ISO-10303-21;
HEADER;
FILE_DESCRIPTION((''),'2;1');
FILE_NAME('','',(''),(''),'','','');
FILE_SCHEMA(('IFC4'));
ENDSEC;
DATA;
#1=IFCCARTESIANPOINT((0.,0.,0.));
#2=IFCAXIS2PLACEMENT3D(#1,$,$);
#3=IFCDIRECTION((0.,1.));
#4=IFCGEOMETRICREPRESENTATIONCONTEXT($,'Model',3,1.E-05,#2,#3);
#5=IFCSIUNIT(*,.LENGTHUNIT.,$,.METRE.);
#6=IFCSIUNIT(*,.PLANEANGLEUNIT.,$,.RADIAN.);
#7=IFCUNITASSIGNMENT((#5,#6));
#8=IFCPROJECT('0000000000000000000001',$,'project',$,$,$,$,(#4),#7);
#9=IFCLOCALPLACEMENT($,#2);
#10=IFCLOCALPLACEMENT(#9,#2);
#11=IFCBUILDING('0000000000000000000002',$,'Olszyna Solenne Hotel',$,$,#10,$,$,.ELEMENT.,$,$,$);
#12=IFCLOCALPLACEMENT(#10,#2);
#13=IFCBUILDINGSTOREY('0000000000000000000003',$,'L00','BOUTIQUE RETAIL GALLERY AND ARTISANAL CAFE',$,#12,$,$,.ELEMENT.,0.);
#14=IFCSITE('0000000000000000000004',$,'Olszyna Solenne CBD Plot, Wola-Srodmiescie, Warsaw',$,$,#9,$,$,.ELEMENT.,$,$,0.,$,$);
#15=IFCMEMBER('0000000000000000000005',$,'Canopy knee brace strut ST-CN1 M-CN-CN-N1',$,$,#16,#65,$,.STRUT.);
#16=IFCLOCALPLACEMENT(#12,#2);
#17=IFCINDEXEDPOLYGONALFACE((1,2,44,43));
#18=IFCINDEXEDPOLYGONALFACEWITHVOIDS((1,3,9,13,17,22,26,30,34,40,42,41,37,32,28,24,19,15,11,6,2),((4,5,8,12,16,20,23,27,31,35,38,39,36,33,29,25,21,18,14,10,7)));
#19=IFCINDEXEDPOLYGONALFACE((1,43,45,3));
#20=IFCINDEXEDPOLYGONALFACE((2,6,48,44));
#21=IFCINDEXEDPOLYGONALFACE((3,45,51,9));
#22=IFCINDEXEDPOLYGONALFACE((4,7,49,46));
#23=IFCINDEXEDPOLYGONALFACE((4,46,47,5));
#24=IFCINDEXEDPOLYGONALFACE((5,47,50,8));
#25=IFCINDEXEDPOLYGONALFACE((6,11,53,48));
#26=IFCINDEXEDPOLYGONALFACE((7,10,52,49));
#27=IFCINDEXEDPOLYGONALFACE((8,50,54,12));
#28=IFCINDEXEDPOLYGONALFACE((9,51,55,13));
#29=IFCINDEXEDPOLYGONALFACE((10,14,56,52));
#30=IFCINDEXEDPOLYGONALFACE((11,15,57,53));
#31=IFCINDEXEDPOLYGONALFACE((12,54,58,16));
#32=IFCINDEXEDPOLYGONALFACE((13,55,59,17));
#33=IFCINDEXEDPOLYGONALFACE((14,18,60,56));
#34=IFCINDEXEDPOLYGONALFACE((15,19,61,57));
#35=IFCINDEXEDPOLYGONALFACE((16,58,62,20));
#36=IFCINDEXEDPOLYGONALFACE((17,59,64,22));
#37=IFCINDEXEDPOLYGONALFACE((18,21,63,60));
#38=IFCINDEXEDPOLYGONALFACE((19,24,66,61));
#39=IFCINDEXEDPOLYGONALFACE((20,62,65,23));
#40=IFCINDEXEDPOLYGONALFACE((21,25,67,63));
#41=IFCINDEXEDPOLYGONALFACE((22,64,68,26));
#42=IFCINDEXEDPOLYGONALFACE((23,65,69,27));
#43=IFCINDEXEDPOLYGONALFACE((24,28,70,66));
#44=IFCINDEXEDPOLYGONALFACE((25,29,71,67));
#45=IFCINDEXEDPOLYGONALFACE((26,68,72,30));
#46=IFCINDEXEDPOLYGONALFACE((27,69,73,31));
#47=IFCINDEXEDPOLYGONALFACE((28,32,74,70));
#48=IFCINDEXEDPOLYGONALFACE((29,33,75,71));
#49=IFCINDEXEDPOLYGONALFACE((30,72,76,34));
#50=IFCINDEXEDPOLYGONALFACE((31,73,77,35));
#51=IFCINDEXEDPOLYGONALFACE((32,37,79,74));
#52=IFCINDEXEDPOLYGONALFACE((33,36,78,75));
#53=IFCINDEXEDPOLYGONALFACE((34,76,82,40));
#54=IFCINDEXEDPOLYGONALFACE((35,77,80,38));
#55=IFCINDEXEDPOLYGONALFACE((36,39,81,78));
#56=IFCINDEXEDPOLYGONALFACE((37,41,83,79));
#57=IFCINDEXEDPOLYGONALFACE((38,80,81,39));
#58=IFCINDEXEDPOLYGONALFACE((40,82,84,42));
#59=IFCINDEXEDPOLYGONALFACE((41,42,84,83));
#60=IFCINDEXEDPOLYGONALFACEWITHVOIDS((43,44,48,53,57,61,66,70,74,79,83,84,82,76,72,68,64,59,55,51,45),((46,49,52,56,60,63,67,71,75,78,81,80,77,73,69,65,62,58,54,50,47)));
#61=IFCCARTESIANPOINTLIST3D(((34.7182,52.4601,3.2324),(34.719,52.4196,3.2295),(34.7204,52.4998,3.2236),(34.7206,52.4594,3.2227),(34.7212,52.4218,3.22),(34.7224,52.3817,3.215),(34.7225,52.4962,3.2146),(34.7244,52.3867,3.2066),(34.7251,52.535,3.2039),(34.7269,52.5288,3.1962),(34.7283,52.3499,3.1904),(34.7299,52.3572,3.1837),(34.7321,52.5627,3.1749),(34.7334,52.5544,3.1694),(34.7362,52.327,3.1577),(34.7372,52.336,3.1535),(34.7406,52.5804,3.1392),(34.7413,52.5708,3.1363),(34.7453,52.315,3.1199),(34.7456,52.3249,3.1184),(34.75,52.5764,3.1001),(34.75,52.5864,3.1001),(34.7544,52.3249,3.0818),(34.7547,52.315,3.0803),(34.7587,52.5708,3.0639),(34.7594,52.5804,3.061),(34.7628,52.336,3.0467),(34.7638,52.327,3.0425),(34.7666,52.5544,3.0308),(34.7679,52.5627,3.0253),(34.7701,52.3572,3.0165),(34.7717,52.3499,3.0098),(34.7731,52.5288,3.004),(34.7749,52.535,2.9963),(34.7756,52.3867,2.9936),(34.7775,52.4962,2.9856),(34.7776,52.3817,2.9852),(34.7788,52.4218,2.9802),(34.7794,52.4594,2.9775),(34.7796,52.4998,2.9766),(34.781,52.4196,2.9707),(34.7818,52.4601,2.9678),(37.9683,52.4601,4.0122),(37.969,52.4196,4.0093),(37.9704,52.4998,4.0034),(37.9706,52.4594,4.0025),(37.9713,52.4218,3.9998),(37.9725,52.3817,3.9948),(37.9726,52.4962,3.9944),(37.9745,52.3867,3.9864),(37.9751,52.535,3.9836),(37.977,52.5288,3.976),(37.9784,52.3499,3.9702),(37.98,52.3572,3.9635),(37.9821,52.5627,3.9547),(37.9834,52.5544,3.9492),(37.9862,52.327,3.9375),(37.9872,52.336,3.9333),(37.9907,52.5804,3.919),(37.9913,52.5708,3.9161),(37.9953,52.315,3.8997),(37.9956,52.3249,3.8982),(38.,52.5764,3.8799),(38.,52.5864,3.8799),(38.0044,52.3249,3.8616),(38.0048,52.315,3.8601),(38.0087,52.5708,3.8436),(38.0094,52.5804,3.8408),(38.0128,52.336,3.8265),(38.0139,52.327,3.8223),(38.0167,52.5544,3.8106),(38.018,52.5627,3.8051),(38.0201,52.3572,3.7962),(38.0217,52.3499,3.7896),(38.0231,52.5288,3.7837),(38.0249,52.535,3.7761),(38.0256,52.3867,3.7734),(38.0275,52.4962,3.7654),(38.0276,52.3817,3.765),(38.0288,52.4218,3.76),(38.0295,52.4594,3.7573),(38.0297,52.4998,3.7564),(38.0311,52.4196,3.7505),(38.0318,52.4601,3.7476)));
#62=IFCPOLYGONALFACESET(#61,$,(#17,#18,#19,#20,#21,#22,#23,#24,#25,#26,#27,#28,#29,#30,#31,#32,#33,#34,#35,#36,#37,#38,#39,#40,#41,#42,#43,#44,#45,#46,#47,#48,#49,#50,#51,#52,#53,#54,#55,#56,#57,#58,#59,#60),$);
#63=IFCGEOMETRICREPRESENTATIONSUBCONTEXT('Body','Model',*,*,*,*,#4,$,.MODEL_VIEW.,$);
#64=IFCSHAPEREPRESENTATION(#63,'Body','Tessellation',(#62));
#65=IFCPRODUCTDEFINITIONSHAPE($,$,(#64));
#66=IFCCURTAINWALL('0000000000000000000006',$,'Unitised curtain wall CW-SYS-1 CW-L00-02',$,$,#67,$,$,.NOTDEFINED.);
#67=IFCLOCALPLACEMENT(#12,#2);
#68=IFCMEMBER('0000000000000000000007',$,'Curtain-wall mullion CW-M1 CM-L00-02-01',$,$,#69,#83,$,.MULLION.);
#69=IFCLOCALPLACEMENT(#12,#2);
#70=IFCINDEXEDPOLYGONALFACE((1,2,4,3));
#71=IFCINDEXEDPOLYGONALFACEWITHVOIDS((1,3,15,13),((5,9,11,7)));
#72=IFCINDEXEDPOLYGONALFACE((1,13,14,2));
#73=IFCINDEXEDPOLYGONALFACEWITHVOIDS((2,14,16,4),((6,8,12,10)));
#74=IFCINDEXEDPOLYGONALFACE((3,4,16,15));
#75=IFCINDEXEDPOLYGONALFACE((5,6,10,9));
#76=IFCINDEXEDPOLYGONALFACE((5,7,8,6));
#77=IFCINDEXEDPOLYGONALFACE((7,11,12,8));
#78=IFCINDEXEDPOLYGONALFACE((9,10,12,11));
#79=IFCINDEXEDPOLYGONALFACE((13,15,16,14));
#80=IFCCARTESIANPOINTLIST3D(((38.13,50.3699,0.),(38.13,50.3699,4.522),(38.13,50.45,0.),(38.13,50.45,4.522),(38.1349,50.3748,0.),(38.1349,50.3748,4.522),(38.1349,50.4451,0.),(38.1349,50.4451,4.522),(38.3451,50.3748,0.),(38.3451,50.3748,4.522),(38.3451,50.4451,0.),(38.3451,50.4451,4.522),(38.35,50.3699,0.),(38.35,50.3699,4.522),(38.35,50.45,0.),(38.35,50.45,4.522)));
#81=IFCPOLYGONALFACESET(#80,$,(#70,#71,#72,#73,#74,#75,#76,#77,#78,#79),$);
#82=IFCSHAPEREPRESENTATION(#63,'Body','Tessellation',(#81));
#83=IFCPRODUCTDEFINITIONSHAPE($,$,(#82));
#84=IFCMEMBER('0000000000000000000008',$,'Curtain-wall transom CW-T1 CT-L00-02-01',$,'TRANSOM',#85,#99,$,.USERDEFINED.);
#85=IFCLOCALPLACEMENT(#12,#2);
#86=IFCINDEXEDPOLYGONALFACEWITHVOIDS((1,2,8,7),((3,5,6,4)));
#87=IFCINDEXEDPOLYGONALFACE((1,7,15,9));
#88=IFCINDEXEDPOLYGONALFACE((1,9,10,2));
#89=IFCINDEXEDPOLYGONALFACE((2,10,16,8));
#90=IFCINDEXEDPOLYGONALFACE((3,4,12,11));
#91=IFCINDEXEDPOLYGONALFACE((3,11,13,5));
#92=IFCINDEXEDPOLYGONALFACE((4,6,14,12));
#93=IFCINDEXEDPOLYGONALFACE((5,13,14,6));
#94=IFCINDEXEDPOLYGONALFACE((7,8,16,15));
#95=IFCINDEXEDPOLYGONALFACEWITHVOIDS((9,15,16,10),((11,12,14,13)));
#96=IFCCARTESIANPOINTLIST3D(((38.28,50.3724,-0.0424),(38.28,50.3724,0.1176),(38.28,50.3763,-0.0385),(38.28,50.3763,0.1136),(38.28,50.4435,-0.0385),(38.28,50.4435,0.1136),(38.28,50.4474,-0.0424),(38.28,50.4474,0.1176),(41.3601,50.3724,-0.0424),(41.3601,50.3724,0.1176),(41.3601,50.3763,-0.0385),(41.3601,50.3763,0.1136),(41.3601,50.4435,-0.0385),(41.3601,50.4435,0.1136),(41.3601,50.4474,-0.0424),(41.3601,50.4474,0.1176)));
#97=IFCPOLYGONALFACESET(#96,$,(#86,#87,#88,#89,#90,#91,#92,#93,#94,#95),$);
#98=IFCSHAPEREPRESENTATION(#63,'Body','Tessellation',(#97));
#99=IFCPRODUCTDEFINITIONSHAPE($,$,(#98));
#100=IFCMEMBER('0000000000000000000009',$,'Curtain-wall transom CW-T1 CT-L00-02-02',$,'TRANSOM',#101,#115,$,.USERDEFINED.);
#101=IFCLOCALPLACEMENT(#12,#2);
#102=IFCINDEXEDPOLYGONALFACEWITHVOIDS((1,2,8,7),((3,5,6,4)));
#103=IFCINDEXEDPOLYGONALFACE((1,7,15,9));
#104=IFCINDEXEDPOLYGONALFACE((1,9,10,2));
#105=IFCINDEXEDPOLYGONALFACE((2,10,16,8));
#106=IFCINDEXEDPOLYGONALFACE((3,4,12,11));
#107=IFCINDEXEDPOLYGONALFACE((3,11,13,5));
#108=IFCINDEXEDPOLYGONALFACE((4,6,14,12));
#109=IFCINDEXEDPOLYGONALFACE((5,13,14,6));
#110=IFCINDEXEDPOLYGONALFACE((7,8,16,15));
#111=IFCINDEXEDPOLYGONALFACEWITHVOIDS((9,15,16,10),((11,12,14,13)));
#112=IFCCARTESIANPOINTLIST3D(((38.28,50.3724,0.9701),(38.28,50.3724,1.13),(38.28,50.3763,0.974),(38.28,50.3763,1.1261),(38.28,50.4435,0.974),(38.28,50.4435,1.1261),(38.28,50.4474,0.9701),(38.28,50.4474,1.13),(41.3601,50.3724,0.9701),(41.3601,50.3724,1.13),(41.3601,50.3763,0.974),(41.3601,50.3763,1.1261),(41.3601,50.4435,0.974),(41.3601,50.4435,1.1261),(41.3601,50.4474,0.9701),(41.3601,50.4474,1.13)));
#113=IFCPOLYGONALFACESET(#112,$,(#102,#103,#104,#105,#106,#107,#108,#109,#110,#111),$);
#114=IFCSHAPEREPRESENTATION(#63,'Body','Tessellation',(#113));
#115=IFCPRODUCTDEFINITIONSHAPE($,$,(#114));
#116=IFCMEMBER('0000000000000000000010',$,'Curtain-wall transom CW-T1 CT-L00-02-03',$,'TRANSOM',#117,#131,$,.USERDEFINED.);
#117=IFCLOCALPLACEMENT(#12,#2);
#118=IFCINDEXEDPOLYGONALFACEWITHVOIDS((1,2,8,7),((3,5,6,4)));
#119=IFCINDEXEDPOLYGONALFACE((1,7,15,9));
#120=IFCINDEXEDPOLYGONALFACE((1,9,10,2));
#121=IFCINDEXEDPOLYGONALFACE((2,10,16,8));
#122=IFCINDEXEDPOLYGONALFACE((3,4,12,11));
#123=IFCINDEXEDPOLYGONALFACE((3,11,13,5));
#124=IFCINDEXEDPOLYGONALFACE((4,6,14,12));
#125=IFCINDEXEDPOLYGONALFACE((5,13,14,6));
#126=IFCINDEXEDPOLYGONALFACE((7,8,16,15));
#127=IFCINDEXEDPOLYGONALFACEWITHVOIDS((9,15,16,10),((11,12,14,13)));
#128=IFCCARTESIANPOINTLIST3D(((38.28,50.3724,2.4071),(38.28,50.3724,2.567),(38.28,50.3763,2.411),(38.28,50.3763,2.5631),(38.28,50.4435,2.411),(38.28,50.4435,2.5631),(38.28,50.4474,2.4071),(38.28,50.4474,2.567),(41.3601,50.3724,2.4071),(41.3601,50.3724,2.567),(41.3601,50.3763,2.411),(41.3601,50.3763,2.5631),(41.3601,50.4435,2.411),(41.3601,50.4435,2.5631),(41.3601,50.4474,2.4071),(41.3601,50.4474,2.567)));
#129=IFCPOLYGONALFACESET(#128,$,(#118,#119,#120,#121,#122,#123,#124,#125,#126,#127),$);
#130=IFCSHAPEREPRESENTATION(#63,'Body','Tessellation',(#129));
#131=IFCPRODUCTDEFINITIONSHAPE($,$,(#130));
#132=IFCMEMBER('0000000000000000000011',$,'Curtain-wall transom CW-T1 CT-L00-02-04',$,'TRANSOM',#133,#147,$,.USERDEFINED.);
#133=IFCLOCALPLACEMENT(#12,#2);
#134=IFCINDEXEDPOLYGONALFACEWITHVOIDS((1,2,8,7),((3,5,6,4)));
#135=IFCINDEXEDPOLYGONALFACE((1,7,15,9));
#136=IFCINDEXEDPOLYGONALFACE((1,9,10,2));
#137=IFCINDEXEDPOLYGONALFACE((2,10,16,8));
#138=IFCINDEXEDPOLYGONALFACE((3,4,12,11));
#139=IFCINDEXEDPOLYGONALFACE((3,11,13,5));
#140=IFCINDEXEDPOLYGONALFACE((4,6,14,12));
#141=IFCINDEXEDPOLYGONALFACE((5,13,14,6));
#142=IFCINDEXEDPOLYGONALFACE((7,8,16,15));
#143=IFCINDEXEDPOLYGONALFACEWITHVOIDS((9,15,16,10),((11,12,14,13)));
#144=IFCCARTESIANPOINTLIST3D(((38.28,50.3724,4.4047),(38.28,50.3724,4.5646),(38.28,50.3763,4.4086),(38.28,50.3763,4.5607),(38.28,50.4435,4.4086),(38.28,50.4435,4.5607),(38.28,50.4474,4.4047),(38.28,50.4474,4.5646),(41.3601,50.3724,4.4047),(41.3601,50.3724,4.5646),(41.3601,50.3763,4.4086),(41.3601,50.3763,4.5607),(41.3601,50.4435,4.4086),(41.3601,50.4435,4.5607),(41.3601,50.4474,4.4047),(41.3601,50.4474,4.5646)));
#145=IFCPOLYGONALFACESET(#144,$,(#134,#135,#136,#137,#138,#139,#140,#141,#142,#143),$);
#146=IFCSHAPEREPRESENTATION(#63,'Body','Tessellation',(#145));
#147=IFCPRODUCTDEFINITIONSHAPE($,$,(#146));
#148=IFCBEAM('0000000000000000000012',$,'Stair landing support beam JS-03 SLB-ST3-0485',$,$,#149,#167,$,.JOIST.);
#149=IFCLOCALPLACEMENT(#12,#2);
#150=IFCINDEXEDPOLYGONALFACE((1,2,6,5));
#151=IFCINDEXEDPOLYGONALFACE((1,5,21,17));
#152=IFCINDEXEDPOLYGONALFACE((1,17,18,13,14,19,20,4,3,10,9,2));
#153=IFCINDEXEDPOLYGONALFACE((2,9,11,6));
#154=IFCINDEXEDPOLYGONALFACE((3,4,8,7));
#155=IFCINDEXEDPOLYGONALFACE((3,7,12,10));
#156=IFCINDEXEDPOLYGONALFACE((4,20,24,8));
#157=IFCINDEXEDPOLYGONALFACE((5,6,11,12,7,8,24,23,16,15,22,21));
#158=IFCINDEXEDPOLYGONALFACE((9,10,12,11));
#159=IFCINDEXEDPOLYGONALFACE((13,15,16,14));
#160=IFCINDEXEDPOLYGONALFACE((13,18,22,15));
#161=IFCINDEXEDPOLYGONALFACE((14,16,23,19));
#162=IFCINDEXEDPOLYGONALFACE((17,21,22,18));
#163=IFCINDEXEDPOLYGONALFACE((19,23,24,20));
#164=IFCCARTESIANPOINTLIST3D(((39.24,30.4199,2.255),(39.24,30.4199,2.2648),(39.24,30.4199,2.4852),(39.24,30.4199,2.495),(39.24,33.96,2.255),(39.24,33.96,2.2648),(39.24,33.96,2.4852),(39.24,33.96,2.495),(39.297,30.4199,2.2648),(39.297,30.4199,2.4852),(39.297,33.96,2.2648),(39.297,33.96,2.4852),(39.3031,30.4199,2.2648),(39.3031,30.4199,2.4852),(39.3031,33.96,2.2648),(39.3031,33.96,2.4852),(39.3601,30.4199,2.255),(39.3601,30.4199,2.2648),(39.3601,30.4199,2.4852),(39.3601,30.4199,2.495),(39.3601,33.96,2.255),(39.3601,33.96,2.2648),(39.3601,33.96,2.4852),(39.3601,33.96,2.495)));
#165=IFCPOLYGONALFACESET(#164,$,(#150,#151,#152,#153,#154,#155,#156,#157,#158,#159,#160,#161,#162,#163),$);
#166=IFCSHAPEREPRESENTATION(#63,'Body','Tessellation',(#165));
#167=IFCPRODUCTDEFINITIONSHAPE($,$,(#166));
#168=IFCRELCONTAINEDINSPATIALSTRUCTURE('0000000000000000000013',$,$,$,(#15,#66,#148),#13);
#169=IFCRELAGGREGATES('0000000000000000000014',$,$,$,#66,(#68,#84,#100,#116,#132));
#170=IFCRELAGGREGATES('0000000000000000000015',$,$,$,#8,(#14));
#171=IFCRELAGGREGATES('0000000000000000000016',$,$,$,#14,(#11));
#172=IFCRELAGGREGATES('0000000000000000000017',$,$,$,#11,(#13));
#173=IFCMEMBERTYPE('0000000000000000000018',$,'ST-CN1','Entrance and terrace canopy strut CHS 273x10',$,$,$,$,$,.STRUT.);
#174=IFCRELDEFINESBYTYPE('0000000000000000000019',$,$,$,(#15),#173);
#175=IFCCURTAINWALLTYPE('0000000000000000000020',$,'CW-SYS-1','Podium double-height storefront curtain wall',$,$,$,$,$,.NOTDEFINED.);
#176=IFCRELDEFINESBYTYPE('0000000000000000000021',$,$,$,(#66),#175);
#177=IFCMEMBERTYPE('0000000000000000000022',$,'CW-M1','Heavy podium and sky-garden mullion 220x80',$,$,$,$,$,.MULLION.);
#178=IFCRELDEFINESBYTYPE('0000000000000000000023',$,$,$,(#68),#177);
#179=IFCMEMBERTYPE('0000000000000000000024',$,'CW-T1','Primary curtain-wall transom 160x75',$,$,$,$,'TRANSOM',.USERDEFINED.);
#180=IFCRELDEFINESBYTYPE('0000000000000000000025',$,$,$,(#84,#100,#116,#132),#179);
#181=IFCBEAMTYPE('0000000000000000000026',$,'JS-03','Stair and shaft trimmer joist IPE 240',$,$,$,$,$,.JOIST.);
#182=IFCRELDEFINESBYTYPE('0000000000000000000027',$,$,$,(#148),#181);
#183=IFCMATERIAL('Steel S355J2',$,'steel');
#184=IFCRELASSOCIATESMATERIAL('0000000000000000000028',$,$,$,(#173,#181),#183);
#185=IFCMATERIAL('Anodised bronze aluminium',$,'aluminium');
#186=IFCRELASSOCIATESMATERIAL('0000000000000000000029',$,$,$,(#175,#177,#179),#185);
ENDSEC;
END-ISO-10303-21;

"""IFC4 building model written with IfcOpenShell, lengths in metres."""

from ifc_helpers import new_model, si_unit, direction, frame, origin, origin_2d, place, context, subcontext, project, spatial, hollow_rectangle, hollow_circle, i_section, extrude, source, transform, mapped, material, material_profile, profile_set, type_object, element, aggregate, save


model = new_model("IFC4")

# Units and contexts
model_context = context("Model", 3, precision=1e-05, world=origin(), true_north=direction((0.0, 1.0)))
body_context = subcontext(model_context, "Body", "Model", "MODEL_VIEW")
ifc_project = project(units=[si_unit("LENGTHUNIT", "METRE"), si_unit("PLANEANGLEUNIT", "RADIAN")], contexts=[model_context])

# Site, building, storey
site_placement = place(None, origin())
site = spatial("IfcSite", under=ifc_project, at=site_placement, Name="Olszyna Solenne CBD Plot, Wola-Srodmiescie, Warsaw", CompositionType="ELEMENT", RefElevation=0.0)
building_placement = place(site_placement, origin())
building = spatial("IfcBuilding", under=site, at=building_placement, Name="Olszyna Solenne Hotel", CompositionType="ELEMENT")
storey_placement = place(building_placement, origin())
storey = spatial("IfcBuildingStorey", under=building, at=storey_placement, Name="L00", Description="BOUTIQUE RETAIL GALLERY AND ARTISANAL CAFE", CompositionType="ELEMENT", Elevation=0.0)

# Shared definitions
ifc_material_1 = material(Name="Steel S355J2", Category="steel")

# Member
ifc_material_profile_1 = material_profile(ifc_material_1, hollow_circle(Radius=0.1365, WallThickness=0.01, at=origin_2d()), Name="CHS 273x10", Category="load-bearing")
ifc_profile_set_1 = profile_set([ifc_material_profile_1], Name="Steel S355J2")
member_type_1 = type_object("IfcMemberType", Name="ST-CN1", Description="Entrance and terrace canopy strut CHS 273x10", PredefinedType="STRUT", material=ifc_profile_set_1)
shared_shape_1 = source(origin(), body_context, "Body", "SweptSolid", [
    extrude(hollow_circle(Radius=0.1365, WallThickness=0.01, at=origin_2d()), origin(), (0.0, 0.0, 1.0), 3.3423),
])
member_1_placement = place(storey_placement, frame((34.75, 52.45, 3.1001), z_axis=(0.972402, 0.0, 0.233312), x_axis=(0.0, 1.0, 0.0)))
element("IfcMember", 1, at=member_1_placement, inside=storey, type_object=member_type_1, Name="Canopy knee brace strut ST-CN1 M-CN-CN-N1", PredefinedType="STRUT", context=body_context, shape_type="MappedRepresentation", body=[
    mapped(shared_shape_1, transform((0.0, 0.0, 0.0), x_axis=(1.0, 0.0, 0.0), y_axis=(0.0, 1.0, 0.0), z_axis=(0.0, 0.0, 1.0), scale=1.0)),
])

# Curtain wall, members
ifc_material_2 = material(Name="Anodised bronze aluminium", Category="aluminium")
curtain_wall_type = type_object("IfcCurtainWallType", Name="CW-SYS-1", Description="Podium double-height storefront curtain wall", PredefinedType="NOTDEFINED", material=ifc_material_2)
curtain_wall_placement = place(storey_placement, origin())
curtain_wall = element("IfcCurtainWall", 2, at=curtain_wall_placement, inside=storey, type_object=curtain_wall_type, Name="Unitised curtain wall CW-SYS-1 CW-L00-02", PredefinedType="NOTDEFINED")
ifc_material_profile_2 = material_profile(ifc_material_2, hollow_rectangle(XDim=0.0801, YDim=0.22, WallThickness=0.0049, at=origin_2d()), Name="MULL 220x80x5", Category="load-bearing")
ifc_profile_set_2 = profile_set([ifc_material_profile_2], Name="Anodised bronze aluminium")
member_type_2 = type_object("IfcMemberType", Name="CW-M1", Description="Heavy podium and sky-garden mullion 220x80", PredefinedType="MULLION", material=ifc_profile_set_2)
shared_shape_2 = source(origin(), body_context, "Body", "SweptSolid", [
    extrude(hollow_rectangle(XDim=0.0801, YDim=0.22, WallThickness=0.0049, at=origin_2d()), origin(), (0.0, 0.0, 1.0), 4.522),
])
member_2_placement = place(storey_placement, frame((38.24, 50.4099, 0.0), z_axis=(0.0, 0.0, 1.0), x_axis=(0.0, 1.0, 0.0)))
member_2 = element("IfcMember", 3, at=member_2_placement, type_object=member_type_2, Name="Curtain-wall mullion CW-M1 CM-L00-02-01", PredefinedType="MULLION", context=body_context, shape_type="MappedRepresentation", body=[
    mapped(shared_shape_2, transform((0.0, 0.0, 0.0), x_axis=(1.0, 0.0, 0.0), y_axis=(0.0, 1.0, 0.0), z_axis=(0.0, 0.0, 1.0), scale=1.0)),
])
ifc_material_profile_3 = material_profile(ifc_material_2, hollow_rectangle(XDim=0.075, YDim=0.1599, WallThickness=0.0039, at=origin_2d()), Name="TRAN 160x75x4", Category="load-bearing")
ifc_profile_set_3 = profile_set([ifc_material_profile_3], Name="Anodised bronze aluminium")
member_type_3 = type_object("IfcMemberType", Name="CW-T1", Description="Primary curtain-wall transom 160x75", ElementType="TRANSOM", PredefinedType="USERDEFINED", material=ifc_profile_set_3)
shared_shape_3 = source(origin(), body_context, "Body", "SweptSolid", [
    extrude(hollow_rectangle(XDim=0.075, YDim=0.1599, WallThickness=0.0039, at=origin_2d()), origin(), (0.0, 0.0, 1.0), 3.0801),
])
member_3_placement = place(storey_placement, frame((38.28, 50.4099, 0.0376), z_axis=(1.0, 0.0, 0.0), x_axis=(0.0, 1.0, 0.0)))
member_3 = element("IfcMember", 4, at=member_3_placement, type_object=member_type_3, Name="Curtain-wall transom CW-T1 CT-L00-02-01", ObjectType="TRANSOM", PredefinedType="USERDEFINED", context=body_context, shape_type="MappedRepresentation", body=[
    mapped(shared_shape_3, transform((0.0, 0.0, 0.0), x_axis=(1.0, 0.0, 0.0), y_axis=(0.0, 1.0, 0.0), z_axis=(0.0, 0.0, 1.0), scale=1.0)),
])
member_4_placement = place(storey_placement, frame((38.28, 50.4099, 1.05), z_axis=(1.0, 0.0, 0.0), x_axis=(0.0, 1.0, 0.0)))
member_4 = element("IfcMember", 5, at=member_4_placement, type_object=member_type_3, Name="Curtain-wall transom CW-T1 CT-L00-02-02", ObjectType="TRANSOM", PredefinedType="USERDEFINED", context=body_context, shape_type="MappedRepresentation", body=[
    mapped(shared_shape_3, transform((0.0, 0.0, 0.0), x_axis=(1.0, 0.0, 0.0), y_axis=(0.0, 1.0, 0.0), z_axis=(0.0, 0.0, 1.0), scale=1.0)),
])
member_5_placement = place(storey_placement, frame((38.28, 50.4099, 2.4871), z_axis=(1.0, 0.0, 0.0), x_axis=(0.0, 1.0, 0.0)))
member_5 = element("IfcMember", 6, at=member_5_placement, type_object=member_type_3, Name="Curtain-wall transom CW-T1 CT-L00-02-03", ObjectType="TRANSOM", PredefinedType="USERDEFINED", context=body_context, shape_type="MappedRepresentation", body=[
    mapped(shared_shape_3, transform((0.0, 0.0, 0.0), x_axis=(1.0, 0.0, 0.0), y_axis=(0.0, 1.0, 0.0), z_axis=(0.0, 0.0, 1.0), scale=1.0)),
])
member_6_placement = place(storey_placement, frame((38.28, 50.4099, 4.4846), z_axis=(1.0, 0.0, 0.0), x_axis=(0.0, 1.0, 0.0)))
member_6 = element("IfcMember", 7, at=member_6_placement, type_object=member_type_3, Name="Curtain-wall transom CW-T1 CT-L00-02-04", ObjectType="TRANSOM", PredefinedType="USERDEFINED", context=body_context, shape_type="MappedRepresentation", body=[
    mapped(shared_shape_3, transform((0.0, 0.0, 0.0), x_axis=(1.0, 0.0, 0.0), y_axis=(0.0, 1.0, 0.0), z_axis=(0.0, 0.0, 1.0), scale=1.0)),
])

# Beam
ifc_material_profile_4 = material_profile(ifc_material_1, i_section(OverallWidth=0.1201, OverallDepth=0.24, WebThickness=0.0061, FlangeThickness=0.0098, at=origin_2d()), Name="IPE 240", Category="load-bearing")
ifc_profile_set_4 = profile_set([ifc_material_profile_4], Name="Steel S355J2")
beam_type_1 = type_object("IfcBeamType", Name="JS-03", Description="Stair and shaft trimmer joist IPE 240", PredefinedType="JOIST", material=ifc_profile_set_4)
shared_shape_4 = source(origin(), body_context, "Body", "SweptSolid", [
    extrude(i_section(OverallWidth=0.1201, OverallDepth=0.24, WebThickness=0.0061, FlangeThickness=0.0098, at=origin_2d()), origin(), (0.0, 0.0, 1.0), 3.54),
])
for number, where, z_axis, x_axis, name in (
    (8, (39.3, 30.4199, 2.375), (0.0, 1.0, 0.0), (-1.0, 0.0, 0.0), "Stair landing support beam JS-03 SLB-ST3-0485"),
):
    element("IfcBeam", number, at=place(storey_placement, frame(where, z_axis=z_axis, x_axis=x_axis)), inside=storey, type_object=beam_type_1, Name=name, PredefinedType="JOIST", context=body_context, shape_type="MappedRepresentation", body=[
        mapped(shared_shape_4, transform((0.0, 0.0, 0.0), x_axis=(1.0, 0.0, 0.0), y_axis=(0.0, 1.0, 0.0), z_axis=(0.0, 0.0, 1.0), scale=1.0)),
    ])

aggregate(curtain_wall, [member_2, member_3, member_4, member_5, member_6])

save(model, "model.ifc")
